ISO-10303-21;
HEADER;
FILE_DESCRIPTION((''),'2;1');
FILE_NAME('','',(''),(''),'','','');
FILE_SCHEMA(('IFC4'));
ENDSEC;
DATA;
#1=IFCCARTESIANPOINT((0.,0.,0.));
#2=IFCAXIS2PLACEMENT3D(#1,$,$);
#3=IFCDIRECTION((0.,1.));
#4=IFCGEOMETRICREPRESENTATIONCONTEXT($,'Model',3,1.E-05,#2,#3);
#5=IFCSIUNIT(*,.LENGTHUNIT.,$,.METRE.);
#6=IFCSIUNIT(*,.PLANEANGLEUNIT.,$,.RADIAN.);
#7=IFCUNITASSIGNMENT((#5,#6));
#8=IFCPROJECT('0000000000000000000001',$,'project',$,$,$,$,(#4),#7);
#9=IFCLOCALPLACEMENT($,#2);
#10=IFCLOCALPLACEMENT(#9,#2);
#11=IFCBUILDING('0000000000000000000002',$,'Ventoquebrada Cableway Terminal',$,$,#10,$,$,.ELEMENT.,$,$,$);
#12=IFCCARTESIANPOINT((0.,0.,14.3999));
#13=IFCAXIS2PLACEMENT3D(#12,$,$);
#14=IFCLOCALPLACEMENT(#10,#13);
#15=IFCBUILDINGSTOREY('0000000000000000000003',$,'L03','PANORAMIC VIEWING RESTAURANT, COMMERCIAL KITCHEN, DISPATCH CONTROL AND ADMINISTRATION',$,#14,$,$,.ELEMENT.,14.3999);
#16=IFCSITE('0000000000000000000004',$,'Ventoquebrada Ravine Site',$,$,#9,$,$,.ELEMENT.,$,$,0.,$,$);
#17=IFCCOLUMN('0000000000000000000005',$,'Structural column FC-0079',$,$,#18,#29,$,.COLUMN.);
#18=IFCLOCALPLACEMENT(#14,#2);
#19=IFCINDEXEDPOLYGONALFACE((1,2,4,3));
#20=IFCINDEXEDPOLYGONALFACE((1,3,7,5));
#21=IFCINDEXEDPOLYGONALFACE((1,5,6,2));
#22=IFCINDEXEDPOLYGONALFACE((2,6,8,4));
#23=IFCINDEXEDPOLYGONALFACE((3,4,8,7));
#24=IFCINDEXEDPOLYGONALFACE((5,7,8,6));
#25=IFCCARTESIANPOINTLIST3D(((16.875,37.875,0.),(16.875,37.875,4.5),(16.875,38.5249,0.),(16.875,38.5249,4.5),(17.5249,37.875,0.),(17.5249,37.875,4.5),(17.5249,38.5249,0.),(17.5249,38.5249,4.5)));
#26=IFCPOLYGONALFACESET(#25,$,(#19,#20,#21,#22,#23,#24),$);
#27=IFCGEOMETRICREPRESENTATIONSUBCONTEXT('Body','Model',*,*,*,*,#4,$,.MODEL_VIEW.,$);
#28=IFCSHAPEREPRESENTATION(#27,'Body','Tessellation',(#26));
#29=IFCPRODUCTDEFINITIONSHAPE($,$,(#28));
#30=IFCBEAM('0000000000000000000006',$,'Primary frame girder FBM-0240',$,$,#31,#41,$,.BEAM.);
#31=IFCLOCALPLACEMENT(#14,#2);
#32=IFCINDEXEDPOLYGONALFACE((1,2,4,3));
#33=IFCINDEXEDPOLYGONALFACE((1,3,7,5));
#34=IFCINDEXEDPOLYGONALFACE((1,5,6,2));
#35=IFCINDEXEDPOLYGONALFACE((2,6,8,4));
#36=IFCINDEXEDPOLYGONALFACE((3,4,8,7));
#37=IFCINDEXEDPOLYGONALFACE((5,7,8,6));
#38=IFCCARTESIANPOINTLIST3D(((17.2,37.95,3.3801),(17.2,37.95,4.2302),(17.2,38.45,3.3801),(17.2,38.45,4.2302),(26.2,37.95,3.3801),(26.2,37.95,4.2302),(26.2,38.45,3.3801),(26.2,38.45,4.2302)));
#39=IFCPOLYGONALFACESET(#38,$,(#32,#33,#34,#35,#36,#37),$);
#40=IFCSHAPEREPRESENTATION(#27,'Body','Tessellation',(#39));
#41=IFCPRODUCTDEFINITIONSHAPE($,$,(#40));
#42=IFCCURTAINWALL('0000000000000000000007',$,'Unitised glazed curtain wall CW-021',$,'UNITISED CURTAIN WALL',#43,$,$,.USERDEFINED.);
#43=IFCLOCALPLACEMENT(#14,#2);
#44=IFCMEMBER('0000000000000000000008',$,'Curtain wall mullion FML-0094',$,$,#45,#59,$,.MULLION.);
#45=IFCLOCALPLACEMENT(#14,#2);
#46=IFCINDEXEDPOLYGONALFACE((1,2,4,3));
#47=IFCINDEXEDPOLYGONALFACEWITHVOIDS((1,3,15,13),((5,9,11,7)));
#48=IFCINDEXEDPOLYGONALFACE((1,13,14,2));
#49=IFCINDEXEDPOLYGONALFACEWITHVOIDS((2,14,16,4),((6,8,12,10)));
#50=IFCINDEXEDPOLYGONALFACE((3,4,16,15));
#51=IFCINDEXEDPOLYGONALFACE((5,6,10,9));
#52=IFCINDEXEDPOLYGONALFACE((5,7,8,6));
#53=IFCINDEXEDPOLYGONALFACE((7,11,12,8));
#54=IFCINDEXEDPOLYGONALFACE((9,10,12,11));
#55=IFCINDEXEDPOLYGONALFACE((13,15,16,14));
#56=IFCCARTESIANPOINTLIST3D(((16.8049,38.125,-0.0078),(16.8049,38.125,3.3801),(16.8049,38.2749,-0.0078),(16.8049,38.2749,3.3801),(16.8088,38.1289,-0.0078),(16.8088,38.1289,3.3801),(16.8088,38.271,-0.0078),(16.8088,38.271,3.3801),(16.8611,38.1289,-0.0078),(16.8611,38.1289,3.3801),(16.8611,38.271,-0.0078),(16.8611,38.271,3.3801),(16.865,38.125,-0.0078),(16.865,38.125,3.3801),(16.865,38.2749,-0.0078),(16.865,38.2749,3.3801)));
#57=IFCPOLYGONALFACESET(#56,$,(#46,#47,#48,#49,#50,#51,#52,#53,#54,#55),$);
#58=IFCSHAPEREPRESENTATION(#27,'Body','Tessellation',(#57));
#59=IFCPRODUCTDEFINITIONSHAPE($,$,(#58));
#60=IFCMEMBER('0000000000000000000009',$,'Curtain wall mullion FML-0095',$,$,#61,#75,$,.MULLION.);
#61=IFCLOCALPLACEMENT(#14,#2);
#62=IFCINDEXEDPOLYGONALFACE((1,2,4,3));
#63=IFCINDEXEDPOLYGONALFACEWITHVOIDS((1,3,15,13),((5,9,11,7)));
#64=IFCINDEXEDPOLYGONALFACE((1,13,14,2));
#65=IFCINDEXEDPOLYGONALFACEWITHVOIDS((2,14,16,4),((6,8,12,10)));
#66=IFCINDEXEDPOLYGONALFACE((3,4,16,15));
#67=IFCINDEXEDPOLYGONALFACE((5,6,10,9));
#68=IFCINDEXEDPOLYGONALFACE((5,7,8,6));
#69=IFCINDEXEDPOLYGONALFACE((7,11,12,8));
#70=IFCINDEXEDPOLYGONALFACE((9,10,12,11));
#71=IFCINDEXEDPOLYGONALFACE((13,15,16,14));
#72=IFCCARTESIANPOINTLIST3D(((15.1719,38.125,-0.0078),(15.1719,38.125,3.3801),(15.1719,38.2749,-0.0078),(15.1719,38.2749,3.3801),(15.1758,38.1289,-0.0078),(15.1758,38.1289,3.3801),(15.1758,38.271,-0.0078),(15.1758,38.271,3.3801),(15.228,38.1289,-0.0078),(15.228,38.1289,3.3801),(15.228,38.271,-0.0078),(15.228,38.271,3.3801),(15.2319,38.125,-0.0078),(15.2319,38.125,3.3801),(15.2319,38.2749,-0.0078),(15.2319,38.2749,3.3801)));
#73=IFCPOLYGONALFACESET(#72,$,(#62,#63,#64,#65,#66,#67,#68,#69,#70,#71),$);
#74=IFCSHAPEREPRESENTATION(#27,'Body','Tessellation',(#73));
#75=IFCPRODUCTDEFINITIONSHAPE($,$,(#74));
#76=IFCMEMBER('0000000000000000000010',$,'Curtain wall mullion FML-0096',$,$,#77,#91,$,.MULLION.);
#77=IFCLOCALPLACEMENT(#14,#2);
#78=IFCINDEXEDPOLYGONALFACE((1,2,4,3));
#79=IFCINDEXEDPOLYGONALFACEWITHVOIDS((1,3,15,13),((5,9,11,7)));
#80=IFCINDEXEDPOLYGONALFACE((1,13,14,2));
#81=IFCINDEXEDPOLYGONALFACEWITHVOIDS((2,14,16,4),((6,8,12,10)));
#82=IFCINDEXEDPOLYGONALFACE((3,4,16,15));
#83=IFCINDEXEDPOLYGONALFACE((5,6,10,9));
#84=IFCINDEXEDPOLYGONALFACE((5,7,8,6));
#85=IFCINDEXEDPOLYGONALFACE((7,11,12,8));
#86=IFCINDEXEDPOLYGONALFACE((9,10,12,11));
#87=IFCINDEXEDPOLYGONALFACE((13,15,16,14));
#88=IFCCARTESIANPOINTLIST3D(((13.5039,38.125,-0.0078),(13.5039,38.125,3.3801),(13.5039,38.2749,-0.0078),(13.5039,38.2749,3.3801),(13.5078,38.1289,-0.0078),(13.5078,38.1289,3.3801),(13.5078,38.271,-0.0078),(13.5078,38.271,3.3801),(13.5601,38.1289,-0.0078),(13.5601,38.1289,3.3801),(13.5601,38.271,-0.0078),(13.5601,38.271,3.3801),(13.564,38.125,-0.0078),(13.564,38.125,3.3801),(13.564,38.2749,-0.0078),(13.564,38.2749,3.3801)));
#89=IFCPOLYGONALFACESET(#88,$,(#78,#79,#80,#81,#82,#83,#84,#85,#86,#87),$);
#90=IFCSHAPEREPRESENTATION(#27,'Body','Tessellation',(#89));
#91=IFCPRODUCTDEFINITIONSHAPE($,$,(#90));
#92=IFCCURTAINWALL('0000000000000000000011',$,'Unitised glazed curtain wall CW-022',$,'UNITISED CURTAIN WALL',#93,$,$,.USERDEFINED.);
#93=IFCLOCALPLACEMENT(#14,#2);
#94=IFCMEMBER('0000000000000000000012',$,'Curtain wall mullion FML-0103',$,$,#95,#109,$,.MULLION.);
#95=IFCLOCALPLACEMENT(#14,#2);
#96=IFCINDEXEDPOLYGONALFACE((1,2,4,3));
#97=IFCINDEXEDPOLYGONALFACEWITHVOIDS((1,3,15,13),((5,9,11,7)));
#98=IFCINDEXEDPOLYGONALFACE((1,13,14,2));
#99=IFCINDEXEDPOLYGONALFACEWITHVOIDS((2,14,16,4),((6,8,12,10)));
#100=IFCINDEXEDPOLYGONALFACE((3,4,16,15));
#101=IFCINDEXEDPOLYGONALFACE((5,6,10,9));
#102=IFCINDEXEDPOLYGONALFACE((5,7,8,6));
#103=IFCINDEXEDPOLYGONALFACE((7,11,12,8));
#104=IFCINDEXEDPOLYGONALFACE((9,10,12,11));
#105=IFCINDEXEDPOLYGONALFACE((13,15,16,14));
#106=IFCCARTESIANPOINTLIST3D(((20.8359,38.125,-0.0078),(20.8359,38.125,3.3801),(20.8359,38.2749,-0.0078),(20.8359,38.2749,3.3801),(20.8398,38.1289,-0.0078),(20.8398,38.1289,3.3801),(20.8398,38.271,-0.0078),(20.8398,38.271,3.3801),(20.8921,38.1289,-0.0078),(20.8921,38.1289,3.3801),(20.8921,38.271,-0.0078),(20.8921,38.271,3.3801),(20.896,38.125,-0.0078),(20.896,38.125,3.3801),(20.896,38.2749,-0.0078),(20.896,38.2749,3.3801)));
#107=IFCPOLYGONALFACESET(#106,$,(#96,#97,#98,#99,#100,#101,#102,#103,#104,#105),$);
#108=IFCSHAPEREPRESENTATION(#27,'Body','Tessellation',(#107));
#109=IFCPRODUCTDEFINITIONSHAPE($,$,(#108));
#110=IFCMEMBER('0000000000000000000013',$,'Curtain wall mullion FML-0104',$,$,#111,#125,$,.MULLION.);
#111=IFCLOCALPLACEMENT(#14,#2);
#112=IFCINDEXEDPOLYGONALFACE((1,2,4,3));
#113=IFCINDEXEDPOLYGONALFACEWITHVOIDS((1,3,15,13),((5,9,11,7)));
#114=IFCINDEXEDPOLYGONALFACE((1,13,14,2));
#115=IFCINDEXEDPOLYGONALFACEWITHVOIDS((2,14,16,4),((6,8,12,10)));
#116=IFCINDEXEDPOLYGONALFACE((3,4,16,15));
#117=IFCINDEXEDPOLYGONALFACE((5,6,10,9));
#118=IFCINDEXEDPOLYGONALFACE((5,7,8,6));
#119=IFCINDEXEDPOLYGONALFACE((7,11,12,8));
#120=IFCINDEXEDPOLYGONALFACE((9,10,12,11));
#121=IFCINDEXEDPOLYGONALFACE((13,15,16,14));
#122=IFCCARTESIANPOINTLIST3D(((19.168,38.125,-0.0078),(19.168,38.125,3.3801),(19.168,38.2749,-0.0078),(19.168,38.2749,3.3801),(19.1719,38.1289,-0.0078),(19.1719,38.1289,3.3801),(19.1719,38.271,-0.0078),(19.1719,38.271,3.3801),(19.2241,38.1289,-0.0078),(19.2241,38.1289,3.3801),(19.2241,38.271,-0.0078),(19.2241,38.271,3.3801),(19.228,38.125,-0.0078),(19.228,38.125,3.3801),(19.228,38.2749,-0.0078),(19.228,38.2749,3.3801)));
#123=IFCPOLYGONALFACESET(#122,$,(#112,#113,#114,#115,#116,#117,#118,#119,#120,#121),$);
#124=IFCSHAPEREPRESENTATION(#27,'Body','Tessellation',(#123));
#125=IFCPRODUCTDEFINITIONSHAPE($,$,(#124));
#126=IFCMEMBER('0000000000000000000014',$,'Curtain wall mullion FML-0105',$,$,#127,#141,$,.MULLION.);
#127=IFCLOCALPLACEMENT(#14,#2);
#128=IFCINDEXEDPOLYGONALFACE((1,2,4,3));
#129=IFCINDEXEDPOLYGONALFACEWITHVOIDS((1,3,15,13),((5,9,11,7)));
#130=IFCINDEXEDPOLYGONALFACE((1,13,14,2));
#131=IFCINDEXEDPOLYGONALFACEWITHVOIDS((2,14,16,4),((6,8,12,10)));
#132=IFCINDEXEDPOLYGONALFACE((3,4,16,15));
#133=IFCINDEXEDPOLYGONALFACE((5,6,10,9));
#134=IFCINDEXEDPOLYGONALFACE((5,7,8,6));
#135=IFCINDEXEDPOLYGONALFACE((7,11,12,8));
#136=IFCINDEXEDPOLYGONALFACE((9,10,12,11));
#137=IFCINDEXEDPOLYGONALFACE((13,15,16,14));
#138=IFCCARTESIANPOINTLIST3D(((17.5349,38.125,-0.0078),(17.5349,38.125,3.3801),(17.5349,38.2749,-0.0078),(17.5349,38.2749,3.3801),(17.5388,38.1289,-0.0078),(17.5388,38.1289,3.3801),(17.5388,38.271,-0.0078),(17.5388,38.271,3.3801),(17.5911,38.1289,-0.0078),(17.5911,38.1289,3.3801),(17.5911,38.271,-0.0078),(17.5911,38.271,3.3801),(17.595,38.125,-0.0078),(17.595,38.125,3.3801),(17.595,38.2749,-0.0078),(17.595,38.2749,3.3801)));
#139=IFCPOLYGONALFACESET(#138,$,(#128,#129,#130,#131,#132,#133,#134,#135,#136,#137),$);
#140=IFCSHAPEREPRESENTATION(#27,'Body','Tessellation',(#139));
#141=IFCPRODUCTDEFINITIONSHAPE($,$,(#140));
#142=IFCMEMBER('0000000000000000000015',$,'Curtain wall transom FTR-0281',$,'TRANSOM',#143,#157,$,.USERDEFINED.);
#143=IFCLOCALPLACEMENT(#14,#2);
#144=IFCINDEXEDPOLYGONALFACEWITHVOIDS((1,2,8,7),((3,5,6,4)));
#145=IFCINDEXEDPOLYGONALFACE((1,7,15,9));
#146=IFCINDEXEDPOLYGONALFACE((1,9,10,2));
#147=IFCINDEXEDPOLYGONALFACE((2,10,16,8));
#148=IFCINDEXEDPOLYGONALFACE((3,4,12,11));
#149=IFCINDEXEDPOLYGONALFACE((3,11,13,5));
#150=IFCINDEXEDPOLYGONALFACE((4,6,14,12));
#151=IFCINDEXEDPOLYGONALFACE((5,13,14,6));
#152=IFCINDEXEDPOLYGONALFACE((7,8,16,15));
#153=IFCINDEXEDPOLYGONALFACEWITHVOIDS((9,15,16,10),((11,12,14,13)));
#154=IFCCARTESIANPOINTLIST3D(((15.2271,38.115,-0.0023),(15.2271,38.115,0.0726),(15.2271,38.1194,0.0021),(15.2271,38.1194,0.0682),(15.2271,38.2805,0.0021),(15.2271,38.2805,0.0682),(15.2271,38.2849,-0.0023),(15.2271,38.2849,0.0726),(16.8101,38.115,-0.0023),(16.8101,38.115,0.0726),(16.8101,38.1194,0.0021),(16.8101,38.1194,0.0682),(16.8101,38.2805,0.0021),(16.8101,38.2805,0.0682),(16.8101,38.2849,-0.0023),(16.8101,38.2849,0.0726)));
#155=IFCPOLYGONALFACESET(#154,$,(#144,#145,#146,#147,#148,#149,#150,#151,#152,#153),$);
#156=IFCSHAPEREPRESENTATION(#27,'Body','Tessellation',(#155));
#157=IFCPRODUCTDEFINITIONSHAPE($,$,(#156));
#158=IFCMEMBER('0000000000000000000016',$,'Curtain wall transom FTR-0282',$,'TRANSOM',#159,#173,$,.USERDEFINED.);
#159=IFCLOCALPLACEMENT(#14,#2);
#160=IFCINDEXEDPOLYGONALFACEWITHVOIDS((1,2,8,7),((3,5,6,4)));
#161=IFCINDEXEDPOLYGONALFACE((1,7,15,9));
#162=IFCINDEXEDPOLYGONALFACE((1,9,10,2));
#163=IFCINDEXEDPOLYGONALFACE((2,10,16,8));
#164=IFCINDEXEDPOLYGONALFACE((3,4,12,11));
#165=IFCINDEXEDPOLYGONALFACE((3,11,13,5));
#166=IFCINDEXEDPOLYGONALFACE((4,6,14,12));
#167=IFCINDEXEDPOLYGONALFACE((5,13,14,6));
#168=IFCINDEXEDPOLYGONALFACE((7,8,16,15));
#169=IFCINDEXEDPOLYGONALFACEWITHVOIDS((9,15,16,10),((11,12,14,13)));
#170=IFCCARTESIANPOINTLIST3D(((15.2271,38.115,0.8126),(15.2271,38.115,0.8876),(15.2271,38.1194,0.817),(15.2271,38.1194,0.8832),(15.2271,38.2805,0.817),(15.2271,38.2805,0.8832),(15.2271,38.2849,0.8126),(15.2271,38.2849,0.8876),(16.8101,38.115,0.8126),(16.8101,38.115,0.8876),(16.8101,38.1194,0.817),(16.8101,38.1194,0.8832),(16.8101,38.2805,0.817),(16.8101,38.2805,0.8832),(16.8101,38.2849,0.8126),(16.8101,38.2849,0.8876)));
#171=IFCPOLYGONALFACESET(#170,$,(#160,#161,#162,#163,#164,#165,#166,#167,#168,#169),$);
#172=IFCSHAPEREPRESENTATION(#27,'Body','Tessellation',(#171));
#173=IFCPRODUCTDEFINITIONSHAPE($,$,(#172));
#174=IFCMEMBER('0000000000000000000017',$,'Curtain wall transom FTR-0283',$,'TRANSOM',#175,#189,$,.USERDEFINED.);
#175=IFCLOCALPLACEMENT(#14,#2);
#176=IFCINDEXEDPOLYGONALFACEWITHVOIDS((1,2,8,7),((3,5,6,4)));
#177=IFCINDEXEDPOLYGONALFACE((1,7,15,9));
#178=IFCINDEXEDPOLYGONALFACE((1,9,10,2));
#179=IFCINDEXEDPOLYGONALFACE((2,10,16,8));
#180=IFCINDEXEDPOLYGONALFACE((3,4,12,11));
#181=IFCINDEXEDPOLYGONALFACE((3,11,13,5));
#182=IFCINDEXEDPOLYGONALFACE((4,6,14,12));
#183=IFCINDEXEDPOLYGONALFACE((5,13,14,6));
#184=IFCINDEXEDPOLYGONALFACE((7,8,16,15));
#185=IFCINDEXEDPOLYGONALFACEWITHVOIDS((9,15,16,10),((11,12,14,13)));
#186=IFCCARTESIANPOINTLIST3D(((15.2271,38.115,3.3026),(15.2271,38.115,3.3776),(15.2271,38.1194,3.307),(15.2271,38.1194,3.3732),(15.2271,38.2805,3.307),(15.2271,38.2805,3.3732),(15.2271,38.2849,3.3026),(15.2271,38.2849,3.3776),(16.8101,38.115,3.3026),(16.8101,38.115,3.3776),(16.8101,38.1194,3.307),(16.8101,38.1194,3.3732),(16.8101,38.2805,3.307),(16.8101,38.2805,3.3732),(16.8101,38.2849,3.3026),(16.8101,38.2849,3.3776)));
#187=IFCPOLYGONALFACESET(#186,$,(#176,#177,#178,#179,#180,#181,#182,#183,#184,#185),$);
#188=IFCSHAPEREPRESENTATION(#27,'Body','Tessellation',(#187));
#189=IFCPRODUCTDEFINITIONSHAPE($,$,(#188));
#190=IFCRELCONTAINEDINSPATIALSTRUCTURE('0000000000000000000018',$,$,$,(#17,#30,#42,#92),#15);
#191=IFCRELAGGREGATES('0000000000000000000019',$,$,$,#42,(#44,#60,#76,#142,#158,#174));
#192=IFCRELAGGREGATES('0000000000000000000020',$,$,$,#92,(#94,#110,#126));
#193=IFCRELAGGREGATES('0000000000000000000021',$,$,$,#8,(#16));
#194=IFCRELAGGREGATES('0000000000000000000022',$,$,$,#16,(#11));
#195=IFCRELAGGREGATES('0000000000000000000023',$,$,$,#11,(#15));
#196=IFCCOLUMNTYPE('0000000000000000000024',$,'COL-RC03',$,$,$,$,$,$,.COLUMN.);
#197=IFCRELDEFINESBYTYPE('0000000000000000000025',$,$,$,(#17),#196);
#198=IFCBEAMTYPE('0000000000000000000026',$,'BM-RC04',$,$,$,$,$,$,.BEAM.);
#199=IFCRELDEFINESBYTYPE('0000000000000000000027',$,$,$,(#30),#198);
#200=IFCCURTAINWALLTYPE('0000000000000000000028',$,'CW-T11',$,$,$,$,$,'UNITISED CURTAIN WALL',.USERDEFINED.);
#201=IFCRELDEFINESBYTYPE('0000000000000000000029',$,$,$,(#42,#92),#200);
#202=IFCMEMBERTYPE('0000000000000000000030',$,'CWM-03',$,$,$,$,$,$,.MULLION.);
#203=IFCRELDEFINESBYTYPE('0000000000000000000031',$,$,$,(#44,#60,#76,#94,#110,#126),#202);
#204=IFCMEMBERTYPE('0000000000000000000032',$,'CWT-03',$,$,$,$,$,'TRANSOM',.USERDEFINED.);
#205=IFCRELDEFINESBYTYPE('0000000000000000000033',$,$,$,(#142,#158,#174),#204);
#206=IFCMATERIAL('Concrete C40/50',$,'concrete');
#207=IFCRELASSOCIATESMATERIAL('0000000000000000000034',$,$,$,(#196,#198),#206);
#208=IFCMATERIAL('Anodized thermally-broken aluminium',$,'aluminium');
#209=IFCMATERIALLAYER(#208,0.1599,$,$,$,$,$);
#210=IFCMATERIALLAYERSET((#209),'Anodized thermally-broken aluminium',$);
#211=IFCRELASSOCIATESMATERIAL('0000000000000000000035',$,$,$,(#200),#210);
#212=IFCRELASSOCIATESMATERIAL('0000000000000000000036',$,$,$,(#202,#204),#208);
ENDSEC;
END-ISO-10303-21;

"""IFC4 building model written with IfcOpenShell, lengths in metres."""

from ifc_helpers import new_model, si_unit, direction, frame, origin, origin_2d, place, context, subcontext, project, spatial, rectangle, hollow_rectangle, extrude, material, layer, layer_set, material_profile, profile_set, type_object, element, aggregate, save


model = new_model("IFC4")

# Units and contexts
model_context = context("Model", 3, precision=1e-05, world=origin(), true_north=direction((0.0, 1.0)))
body_context = subcontext(model_context, "Body", "Model", "MODEL_VIEW")
ifc_project = project(units=[si_unit("LENGTHUNIT", "METRE"), si_unit("PLANEANGLEUNIT", "RADIAN")], contexts=[model_context])

# Site, building, storey
site_placement = place(None, origin())
site = spatial("IfcSite", under=ifc_project, at=site_placement, Name="Ventoquebrada Ravine Site", CompositionType="ELEMENT", RefElevation=0.0)
building_placement = place(site_placement, origin())
building = spatial("IfcBuilding", under=site, at=building_placement, Name="Ventoquebrada Cableway Terminal", CompositionType="ELEMENT")
storey_placement = place(building_placement, frame((0.0, 0.0, 14.3999)))
storey = spatial("IfcBuildingStorey", under=building, at=storey_placement, Name="L03", Description="PANORAMIC VIEWING RESTAURANT, COMMERCIAL KITCHEN, DISPATCH CONTROL AND ADMINISTRATION", CompositionType="ELEMENT", Elevation=14.3999)

# Column
ifc_material_1 = material(Name="Concrete C40/50", Category="concrete")
ifc_material_profile_1 = material_profile(ifc_material_1, rectangle(XDim=0.6499, YDim=0.6499, at=origin_2d()), Name="RC-COL-650X650")
ifc_profile_set_1 = profile_set([ifc_material_profile_1], Name="Concrete C40/50")
column_type = type_object("IfcColumnType", Name="COL-RC03", PredefinedType="COLUMN", material=ifc_profile_set_1)
column_placement = place(storey_placement, frame((17.2, 38.2, 0.0), z_axis=(0.0, 0.0, 1.0), x_axis=(1.0, 0.0, 0.0)))
element("IfcColumn", 1, at=column_placement, inside=storey, type_object=column_type, Name="Structural column FC-0079", PredefinedType="COLUMN", context=body_context, shape_type="SweptSolid", body=[
    extrude(rectangle(XDim=0.6499, YDim=0.6499, at=origin_2d()), origin(), (0.0, 0.0, 1.0), 4.5),
])

# Beam
ifc_material_profile_2 = material_profile(ifc_material_1, rectangle(XDim=0.5, YDim=0.8501, at=origin_2d()), Name="RC-BM-500X850")
ifc_profile_set_2 = profile_set([ifc_material_profile_2], Name="Concrete C40/50")
beam_type = type_object("IfcBeamType", Name="BM-RC04", PredefinedType="BEAM", material=ifc_profile_set_2)
beam_placement = place(storey_placement, frame((17.2, 38.2, 3.8052), z_axis=(1.0, 0.0, 0.0), x_axis=(0.0, 1.0, 0.0)))
element("IfcBeam", 2, at=beam_placement, inside=storey, type_object=beam_type, Name="Primary frame girder FBM-0240", PredefinedType="BEAM", context=body_context, shape_type="SweptSolid", body=[
    extrude(rectangle(XDim=0.5, YDim=0.8501, at=origin_2d()), origin(), (0.0, 0.0, 1.0), 9.0),
])

# Curtain walls, members
ifc_material_2 = material(Name="Anodized thermally-broken aluminium", Category="aluminium")
ifc_layer_1 = layer(ifc_material_2, 0.1599)
ifc_layer_set_1 = layer_set([ifc_layer_1], Name="Anodized thermally-broken aluminium")
curtain_wall_type = type_object("IfcCurtainWallType", Name="CW-T11", ElementType="UNITISED CURTAIN WALL", PredefinedType="USERDEFINED", material=ifc_layer_set_1)
curtain_wall_1_placement = place(storey_placement, origin())
curtain_wall_1 = element("IfcCurtainWall", 3, at=curtain_wall_1_placement, inside=storey, type_object=curtain_wall_type, Name="Unitised glazed curtain wall CW-021", ObjectType="UNITISED CURTAIN WALL", PredefinedType="USERDEFINED")
ifc_material_profile_3 = material_profile(ifc_material_2, hollow_rectangle(XDim=0.0601, YDim=0.1499, WallThickness=0.0039, at=origin_2d()), Name="CW-MUL-60X150")
ifc_profile_set_3 = profile_set([ifc_material_profile_3], Name="Anodized thermally-broken aluminium")
member_type_1 = type_object("IfcMemberType", Name="CWM-03", PredefinedType="MULLION", material=ifc_profile_set_3)
member_1_placement = place(storey_placement, frame((16.835, 38.2, -0.0078), z_axis=(0.0, 0.0, 1.0), x_axis=(-1.0, 0.0, 0.0)))
member_1 = element("IfcMember", 4, at=member_1_placement, type_object=member_type_1, Name="Curtain wall mullion FML-0094", PredefinedType="MULLION", context=body_context, shape_type="SweptSolid", body=[
    extrude(hollow_rectangle(XDim=0.0601, YDim=0.1499, WallThickness=0.0039, at=origin_2d()), origin(), (0.0, 0.0, 1.0), 3.3879),
])
member_2_placement = place(storey_placement, frame((15.2019, 38.2, -0.0078), z_axis=(0.0, 0.0, 1.0), x_axis=(-1.0, 0.0, 0.0)))
member_2 = element("IfcMember", 5, at=member_2_placement, type_object=member_type_1, Name="Curtain wall mullion FML-0095", PredefinedType="MULLION", context=body_context, shape_type="SweptSolid", body=[
    extrude(hollow_rectangle(XDim=0.0601, YDim=0.1499, WallThickness=0.0039, at=origin_2d()), origin(), (0.0, 0.0, 1.0), 3.3879),
])
member_3_placement = place(storey_placement, frame((13.5339, 38.2, -0.0078), z_axis=(0.0, 0.0, 1.0), x_axis=(-1.0, 0.0, 0.0)))
member_3 = element("IfcMember", 6, at=member_3_placement, type_object=member_type_1, Name="Curtain wall mullion FML-0096", PredefinedType="MULLION", context=body_context, shape_type="SweptSolid", body=[
    extrude(hollow_rectangle(XDim=0.0601, YDim=0.1499, WallThickness=0.0039, at=origin_2d()), origin(), (0.0, 0.0, 1.0), 3.3879),
])
curtain_wall_2_placement = place(storey_placement, origin())
curtain_wall_2 = element("IfcCurtainWall", 7, at=curtain_wall_2_placement, inside=storey, type_object=curtain_wall_type, Name="Unitised glazed curtain wall CW-022", ObjectType="UNITISED CURTAIN WALL", PredefinedType="USERDEFINED")
member_4_placement = place(storey_placement, frame((20.866, 38.2, -0.0078), z_axis=(0.0, 0.0, 1.0), x_axis=(-1.0, 0.0, 0.0)))
member_4 = element("IfcMember", 8, at=member_4_placement, type_object=member_type_1, Name="Curtain wall mullion FML-0103", PredefinedType="MULLION", context=body_context, shape_type="SweptSolid", body=[
    extrude(hollow_rectangle(XDim=0.0601, YDim=0.1499, WallThickness=0.0039, at=origin_2d()), origin(), (0.0, 0.0, 1.0), 3.3879),
])
member_5_placement = place(storey_placement, frame((19.198, 38.2, -0.0078), z_axis=(0.0, 0.0, 1.0), x_axis=(-1.0, 0.0, 0.0)))
member_5 = element("IfcMember", 9, at=member_5_placement, type_object=member_type_1, Name="Curtain wall mullion FML-0104", PredefinedType="MULLION", context=body_context, shape_type="SweptSolid", body=[
    extrude(hollow_rectangle(XDim=0.0601, YDim=0.1499, WallThickness=0.0039, at=origin_2d()), origin(), (0.0, 0.0, 1.0), 3.3879),
])
member_6_placement = place(storey_placement, frame((17.5649, 38.2, -0.0078), z_axis=(0.0, 0.0, 1.0), x_axis=(-1.0, 0.0, 0.0)))
member_6 = element("IfcMember", 10, at=member_6_placement, type_object=member_type_1, Name="Curtain wall mullion FML-0105", PredefinedType="MULLION", context=body_context, shape_type="SweptSolid", body=[
    extrude(hollow_rectangle(XDim=0.0601, YDim=0.1499, WallThickness=0.0039, at=origin_2d()), origin(), (0.0, 0.0, 1.0), 3.3879),
])

# Members
ifc_material_profile_4 = material_profile(ifc_material_2, hollow_rectangle(XDim=0.075, YDim=0.1699, WallThickness=0.0044, at=origin_2d()), Name="CW-TRN-75X170")
ifc_profile_set_4 = profile_set([ifc_material_profile_4], Name="Anodized thermally-broken aluminium")
member_type_2 = type_object("IfcMemberType", Name="CWT-03", ElementType="TRANSOM", PredefinedType="USERDEFINED", material=ifc_profile_set_4)
member_7_placement = place(storey_placement, frame((16.8101, 38.2, 0.0352), z_axis=(-1.0, 0.0, 0.0), x_axis=(0.0, 0.0, 1.0)))
member_7 = element("IfcMember", 11, at=member_7_placement, type_object=member_type_2, Name="Curtain wall transom FTR-0281", ObjectType="TRANSOM", PredefinedType="USERDEFINED", context=body_context, shape_type="SweptSolid", body=[
    extrude(hollow_rectangle(XDim=0.075, YDim=0.1699, WallThickness=0.0044, at=origin_2d()), origin(), (0.0, 0.0, 1.0), 1.583),
])
member_8_placement = place(storey_placement, frame((16.8101, 38.2, 0.8501), z_axis=(-1.0, 0.0, 0.0), x_axis=(0.0, 0.0, 1.0)))
member_8 = element("IfcMember", 12, at=member_8_placement, type_object=member_type_2, Name="Curtain wall transom FTR-0282", ObjectType="TRANSOM", PredefinedType="USERDEFINED", context=body_context, shape_type="SweptSolid", body=[
    extrude(hollow_rectangle(XDim=0.075, YDim=0.1699, WallThickness=0.0044, at=origin_2d()), origin(), (0.0, 0.0, 1.0), 1.583),
])
member_9_placement = place(storey_placement, frame((16.8101, 38.2, 3.3401), z_axis=(-1.0, 0.0, 0.0), x_axis=(0.0, 0.0, 1.0)))
member_9 = element("IfcMember", 13, at=member_9_placement, type_object=member_type_2, Name="Curtain wall transom FTR-0283", ObjectType="TRANSOM", PredefinedType="USERDEFINED", context=body_context, shape_type="SweptSolid", body=[
    extrude(hollow_rectangle(XDim=0.075, YDim=0.1699, WallThickness=0.0044, at=origin_2d()), origin(), (0.0, 0.0, 1.0), 1.583),
])

aggregate(curtain_wall_1, [member_1, member_2, member_3, member_7, member_8, member_9])
aggregate(curtain_wall_2, [member_4, member_5, member_6])

save(model, "model.ifc")
